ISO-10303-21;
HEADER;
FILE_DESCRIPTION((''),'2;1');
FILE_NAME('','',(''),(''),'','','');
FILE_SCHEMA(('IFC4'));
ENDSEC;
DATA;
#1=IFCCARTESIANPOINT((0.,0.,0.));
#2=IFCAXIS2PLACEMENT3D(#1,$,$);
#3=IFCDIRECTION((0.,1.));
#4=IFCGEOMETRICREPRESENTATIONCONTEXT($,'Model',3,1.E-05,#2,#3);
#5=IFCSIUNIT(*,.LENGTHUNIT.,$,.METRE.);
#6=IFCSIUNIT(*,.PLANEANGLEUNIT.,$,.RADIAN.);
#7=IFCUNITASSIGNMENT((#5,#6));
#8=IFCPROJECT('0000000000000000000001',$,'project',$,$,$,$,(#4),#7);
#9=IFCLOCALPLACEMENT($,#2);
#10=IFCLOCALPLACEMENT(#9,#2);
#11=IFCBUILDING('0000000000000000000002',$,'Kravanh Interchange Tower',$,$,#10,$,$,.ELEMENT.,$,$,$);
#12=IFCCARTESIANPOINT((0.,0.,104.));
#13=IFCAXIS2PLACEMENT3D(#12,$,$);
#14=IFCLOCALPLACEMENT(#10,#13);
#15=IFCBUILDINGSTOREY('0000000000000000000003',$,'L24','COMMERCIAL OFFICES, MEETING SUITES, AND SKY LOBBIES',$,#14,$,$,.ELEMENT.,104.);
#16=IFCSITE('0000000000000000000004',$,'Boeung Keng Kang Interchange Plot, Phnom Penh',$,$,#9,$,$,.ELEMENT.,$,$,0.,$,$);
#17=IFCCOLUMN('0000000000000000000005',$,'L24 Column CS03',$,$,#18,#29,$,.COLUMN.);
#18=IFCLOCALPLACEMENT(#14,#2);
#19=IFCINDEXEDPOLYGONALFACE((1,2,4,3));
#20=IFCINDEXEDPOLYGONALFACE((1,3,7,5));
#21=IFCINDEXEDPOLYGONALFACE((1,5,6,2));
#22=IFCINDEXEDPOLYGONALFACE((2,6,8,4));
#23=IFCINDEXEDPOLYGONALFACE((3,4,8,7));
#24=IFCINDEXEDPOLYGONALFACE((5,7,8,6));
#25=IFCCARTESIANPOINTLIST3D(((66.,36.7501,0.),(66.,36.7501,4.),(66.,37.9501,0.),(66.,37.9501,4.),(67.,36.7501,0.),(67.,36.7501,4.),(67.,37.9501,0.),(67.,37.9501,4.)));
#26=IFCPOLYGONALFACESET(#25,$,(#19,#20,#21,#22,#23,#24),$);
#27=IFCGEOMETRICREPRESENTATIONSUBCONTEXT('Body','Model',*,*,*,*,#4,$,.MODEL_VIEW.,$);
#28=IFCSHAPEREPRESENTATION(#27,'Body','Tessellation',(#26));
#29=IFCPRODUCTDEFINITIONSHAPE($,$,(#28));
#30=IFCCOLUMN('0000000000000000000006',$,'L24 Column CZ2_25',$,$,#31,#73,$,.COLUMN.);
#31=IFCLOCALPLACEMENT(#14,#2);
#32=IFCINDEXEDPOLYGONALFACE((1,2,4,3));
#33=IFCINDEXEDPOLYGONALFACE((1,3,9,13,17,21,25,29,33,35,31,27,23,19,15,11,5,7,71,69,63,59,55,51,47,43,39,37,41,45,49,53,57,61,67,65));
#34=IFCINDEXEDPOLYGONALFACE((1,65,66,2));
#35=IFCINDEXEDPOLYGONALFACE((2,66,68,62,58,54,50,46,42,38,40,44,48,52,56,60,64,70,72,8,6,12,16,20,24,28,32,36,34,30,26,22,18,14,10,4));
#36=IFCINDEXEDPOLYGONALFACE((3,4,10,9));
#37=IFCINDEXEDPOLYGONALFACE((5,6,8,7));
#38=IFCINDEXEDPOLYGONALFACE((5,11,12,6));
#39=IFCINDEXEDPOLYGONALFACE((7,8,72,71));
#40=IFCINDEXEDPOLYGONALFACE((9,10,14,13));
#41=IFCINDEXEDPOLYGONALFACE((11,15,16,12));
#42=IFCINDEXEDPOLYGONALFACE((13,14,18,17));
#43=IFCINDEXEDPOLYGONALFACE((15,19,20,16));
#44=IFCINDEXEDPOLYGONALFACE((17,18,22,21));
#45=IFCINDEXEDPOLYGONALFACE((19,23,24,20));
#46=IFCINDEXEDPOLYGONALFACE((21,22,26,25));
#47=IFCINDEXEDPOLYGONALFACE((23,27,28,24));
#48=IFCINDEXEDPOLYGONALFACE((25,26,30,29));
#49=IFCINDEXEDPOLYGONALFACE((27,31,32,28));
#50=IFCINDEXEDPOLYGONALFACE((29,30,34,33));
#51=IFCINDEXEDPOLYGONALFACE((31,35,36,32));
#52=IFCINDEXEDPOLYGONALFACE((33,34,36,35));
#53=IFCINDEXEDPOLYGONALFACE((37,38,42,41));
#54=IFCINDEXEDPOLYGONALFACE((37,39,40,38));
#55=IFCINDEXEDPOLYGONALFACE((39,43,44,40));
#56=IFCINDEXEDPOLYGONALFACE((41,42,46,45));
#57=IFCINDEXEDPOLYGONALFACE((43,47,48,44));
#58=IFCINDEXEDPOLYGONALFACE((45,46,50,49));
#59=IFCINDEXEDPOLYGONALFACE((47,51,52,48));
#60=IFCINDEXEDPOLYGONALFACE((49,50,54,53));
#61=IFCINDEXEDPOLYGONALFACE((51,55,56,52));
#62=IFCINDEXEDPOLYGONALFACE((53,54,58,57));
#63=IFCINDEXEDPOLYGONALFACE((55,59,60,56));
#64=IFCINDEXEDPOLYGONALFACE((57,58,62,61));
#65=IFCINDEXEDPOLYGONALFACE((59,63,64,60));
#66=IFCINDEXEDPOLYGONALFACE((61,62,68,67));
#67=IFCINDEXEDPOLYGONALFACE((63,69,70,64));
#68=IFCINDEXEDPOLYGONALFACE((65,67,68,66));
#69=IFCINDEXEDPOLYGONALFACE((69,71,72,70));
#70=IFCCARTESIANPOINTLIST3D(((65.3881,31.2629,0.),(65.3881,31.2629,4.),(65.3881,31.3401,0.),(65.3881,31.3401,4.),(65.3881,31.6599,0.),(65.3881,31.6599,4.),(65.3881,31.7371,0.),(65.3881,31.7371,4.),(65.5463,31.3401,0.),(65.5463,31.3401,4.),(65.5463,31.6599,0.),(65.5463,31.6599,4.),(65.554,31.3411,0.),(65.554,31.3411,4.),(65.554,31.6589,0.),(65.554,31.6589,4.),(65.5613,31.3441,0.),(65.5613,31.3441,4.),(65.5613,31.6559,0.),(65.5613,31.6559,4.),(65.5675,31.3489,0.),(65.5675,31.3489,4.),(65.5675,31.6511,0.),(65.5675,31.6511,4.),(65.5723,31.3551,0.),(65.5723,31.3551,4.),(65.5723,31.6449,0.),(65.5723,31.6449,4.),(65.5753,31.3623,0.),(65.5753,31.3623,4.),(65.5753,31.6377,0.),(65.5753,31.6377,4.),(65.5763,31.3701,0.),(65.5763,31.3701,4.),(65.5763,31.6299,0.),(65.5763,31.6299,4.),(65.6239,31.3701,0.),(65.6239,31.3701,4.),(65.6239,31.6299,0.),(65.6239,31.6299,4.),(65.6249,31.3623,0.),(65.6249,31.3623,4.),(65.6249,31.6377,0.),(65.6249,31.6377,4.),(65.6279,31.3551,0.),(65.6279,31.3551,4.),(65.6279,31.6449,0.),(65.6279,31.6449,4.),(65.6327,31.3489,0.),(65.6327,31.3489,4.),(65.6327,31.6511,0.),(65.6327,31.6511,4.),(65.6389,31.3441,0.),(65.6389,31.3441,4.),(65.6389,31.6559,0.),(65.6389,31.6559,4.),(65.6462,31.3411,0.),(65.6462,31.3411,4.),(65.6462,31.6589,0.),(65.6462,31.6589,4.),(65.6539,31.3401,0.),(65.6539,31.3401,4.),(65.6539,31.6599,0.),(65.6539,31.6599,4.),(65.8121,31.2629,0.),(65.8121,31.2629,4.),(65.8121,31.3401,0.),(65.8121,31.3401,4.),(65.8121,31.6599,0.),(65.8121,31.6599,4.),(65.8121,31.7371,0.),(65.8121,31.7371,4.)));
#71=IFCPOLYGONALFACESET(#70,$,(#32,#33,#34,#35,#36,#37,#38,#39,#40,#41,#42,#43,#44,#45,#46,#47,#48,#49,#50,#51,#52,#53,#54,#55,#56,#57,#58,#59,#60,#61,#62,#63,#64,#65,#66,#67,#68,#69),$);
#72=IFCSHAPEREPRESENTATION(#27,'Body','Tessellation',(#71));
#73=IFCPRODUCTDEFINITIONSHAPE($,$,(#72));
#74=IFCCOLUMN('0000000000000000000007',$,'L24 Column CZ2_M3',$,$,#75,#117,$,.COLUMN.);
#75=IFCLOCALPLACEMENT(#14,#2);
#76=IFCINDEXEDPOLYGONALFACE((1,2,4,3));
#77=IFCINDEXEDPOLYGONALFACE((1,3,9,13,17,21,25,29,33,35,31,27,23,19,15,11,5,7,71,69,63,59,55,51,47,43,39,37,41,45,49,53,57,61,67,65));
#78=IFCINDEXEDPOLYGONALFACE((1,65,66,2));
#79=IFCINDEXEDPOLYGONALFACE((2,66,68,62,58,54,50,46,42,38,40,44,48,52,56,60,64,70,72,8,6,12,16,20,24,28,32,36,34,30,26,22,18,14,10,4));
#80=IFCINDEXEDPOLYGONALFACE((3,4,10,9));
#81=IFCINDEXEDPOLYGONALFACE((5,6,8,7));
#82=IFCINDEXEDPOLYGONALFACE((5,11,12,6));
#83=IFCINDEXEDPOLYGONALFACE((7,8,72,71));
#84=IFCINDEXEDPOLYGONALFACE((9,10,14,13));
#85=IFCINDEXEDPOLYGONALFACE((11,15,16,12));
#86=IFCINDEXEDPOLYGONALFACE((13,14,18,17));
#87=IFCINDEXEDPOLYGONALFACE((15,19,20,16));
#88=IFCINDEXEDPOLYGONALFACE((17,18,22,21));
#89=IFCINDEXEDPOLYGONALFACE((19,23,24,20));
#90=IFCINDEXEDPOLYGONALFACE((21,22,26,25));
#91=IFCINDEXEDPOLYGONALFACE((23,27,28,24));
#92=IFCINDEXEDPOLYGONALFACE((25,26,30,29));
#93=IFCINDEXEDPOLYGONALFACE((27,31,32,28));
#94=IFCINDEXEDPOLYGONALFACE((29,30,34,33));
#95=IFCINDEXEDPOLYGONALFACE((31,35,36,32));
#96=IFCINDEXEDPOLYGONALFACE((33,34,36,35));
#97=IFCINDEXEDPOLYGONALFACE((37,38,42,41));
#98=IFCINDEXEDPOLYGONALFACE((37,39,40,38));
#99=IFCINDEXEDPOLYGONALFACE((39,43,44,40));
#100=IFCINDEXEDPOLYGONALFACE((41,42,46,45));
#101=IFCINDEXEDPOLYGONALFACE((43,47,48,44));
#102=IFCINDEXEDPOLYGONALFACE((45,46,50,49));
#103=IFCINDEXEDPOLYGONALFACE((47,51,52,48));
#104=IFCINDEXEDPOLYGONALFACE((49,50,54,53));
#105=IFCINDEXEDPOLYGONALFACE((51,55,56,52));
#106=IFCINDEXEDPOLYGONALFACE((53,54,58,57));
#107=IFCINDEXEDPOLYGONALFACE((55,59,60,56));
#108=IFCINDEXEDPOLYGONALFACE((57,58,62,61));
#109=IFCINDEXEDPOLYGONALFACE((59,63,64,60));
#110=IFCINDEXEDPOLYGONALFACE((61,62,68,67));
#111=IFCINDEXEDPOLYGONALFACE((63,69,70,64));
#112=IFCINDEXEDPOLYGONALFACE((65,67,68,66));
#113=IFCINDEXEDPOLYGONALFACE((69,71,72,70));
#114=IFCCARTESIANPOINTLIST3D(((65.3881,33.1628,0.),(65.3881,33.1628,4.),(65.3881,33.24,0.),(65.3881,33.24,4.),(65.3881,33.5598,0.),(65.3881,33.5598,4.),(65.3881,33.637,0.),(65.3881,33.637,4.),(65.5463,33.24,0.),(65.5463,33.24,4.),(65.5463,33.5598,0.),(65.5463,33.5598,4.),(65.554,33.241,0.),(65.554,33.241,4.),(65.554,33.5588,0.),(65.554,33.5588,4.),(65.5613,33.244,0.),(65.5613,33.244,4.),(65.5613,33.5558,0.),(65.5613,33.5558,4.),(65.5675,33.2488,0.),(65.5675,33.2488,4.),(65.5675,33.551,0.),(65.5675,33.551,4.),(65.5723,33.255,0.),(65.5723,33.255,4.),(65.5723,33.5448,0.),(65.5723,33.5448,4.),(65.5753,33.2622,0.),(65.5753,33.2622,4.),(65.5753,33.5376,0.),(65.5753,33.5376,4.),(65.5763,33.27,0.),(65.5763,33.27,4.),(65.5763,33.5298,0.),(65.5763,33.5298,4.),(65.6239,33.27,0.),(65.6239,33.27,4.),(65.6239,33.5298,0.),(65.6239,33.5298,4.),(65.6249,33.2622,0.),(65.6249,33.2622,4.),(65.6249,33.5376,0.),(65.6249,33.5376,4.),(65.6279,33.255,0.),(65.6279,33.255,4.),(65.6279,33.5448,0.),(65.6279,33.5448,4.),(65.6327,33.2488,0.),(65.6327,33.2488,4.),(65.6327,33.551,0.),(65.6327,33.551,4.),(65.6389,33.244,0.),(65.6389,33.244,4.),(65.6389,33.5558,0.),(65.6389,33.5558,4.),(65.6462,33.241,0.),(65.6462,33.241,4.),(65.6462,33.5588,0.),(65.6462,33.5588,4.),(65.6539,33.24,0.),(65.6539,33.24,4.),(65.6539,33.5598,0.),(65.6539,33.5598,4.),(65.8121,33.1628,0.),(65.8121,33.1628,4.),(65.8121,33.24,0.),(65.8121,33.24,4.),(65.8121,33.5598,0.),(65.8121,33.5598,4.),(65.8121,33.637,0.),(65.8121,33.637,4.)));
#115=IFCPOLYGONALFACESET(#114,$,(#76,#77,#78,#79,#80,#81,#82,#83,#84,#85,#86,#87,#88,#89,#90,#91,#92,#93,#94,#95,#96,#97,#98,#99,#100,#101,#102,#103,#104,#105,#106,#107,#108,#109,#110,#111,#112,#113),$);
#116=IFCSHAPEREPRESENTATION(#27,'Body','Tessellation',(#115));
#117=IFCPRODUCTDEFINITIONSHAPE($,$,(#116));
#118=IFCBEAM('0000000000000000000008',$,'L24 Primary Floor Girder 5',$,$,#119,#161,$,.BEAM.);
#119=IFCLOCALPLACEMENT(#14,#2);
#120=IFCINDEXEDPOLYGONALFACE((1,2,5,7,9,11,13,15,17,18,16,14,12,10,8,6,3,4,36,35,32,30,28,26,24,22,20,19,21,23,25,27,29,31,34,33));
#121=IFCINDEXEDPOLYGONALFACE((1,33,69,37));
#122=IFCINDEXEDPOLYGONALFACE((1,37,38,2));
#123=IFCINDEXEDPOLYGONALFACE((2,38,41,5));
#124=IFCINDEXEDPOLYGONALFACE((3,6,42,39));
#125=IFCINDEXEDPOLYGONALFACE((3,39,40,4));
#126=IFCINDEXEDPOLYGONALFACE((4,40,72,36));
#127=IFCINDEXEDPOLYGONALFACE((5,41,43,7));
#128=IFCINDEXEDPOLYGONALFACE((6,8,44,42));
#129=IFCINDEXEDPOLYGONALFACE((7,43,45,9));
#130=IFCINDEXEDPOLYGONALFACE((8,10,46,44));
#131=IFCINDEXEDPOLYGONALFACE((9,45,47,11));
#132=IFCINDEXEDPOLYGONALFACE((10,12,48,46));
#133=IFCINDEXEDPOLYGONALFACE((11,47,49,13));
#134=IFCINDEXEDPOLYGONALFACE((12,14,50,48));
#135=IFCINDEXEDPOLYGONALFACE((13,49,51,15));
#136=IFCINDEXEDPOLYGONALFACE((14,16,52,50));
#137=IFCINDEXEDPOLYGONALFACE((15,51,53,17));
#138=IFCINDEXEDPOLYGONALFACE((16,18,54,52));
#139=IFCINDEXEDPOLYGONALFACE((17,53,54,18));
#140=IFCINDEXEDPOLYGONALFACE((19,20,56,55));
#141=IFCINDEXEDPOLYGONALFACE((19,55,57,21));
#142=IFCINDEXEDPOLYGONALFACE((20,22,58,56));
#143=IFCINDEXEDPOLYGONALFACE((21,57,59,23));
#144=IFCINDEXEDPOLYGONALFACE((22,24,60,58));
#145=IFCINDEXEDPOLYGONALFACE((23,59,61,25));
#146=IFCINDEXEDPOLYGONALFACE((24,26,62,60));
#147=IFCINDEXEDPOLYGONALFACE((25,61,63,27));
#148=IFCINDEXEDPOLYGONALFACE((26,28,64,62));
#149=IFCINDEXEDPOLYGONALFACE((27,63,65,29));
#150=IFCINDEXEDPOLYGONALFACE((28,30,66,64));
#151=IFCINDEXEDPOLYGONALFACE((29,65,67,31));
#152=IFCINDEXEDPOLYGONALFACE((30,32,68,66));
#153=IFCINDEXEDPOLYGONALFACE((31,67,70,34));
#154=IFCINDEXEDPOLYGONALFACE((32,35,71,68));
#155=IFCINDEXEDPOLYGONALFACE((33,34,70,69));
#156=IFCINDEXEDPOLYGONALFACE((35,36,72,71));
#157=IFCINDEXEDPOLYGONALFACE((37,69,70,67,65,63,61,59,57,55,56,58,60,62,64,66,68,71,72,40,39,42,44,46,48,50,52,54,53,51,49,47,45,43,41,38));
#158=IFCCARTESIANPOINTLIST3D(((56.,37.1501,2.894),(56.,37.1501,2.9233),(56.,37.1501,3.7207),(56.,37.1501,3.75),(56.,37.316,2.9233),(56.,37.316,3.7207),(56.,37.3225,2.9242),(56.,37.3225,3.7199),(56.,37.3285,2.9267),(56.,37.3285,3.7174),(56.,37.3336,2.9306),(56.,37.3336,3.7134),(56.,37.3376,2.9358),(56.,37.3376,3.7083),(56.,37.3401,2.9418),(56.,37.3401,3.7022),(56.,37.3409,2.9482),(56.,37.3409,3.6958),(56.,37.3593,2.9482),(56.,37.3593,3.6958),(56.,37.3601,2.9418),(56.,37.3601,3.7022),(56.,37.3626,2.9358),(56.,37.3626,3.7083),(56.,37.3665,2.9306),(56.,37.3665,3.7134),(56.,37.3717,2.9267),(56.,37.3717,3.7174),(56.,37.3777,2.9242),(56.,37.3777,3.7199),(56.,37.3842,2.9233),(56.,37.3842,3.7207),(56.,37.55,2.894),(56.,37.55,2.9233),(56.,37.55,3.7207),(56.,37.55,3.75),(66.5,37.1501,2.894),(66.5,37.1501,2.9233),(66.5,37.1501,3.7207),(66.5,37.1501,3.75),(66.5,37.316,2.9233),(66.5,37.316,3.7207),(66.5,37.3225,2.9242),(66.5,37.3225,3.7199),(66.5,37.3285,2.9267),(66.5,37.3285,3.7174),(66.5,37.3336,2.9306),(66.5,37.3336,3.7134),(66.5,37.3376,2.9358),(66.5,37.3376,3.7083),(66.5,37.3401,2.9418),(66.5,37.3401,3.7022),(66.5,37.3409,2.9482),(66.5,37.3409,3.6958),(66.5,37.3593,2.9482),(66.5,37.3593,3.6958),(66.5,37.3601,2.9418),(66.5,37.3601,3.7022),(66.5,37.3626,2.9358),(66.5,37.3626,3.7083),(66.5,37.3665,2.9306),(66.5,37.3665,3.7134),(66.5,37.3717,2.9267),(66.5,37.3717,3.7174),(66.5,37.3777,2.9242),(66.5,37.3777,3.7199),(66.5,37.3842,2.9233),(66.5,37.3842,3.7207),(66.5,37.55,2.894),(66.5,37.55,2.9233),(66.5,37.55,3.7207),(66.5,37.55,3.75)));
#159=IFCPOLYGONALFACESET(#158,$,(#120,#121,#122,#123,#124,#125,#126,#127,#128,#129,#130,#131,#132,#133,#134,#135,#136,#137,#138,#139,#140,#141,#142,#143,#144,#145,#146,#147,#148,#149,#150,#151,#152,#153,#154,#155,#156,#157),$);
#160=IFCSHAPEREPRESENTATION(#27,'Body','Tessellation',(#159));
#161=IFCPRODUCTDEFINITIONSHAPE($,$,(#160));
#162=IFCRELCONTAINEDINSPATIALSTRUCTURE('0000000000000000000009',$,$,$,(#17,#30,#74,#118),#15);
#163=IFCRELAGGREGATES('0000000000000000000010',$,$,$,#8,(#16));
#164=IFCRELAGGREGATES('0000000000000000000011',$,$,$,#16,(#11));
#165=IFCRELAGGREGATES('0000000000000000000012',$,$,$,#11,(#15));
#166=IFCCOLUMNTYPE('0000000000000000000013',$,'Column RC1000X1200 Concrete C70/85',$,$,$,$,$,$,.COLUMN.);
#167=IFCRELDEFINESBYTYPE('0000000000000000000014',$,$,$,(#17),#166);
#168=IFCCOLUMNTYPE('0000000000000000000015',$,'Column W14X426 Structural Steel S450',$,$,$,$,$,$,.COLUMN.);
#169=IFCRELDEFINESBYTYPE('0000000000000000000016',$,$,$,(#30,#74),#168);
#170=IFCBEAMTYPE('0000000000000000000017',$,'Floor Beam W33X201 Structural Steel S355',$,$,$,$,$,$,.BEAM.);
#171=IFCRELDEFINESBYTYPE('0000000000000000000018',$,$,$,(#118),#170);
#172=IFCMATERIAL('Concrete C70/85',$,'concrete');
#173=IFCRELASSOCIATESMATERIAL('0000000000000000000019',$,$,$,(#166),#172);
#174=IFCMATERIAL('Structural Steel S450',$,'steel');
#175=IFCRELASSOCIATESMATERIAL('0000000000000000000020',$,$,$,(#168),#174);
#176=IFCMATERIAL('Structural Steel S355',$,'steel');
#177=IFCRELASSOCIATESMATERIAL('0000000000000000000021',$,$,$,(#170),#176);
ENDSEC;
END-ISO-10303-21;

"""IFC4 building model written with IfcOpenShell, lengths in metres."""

from ifc_helpers import new_model, si_unit, direction, frame, origin, origin_2d, place, context, subcontext, project, spatial, rectangle, i_section, extrude, material, material_profile, profile_set, type_object, element, save


model = new_model("IFC4")

# Units and contexts
model_context = context("Model", 3, precision=1e-05, world=origin(), true_north=direction((0.0, 1.0)))
body_context = subcontext(model_context, "Body", "Model", "MODEL_VIEW")
ifc_project = project(units=[si_unit("LENGTHUNIT", "METRE"), si_unit("PLANEANGLEUNIT", "RADIAN")], contexts=[model_context])

# Site, building, storey
site_placement = place(None, origin())
site = spatial("IfcSite", under=ifc_project, at=site_placement, Name="Boeung Keng Kang Interchange Plot, Phnom Penh", CompositionType="ELEMENT", RefElevation=0.0)
building_placement = place(site_placement, origin())
building = spatial("IfcBuilding", under=site, at=building_placement, Name="Kravanh Interchange Tower", CompositionType="ELEMENT")
storey_placement = place(building_placement, frame((0.0, 0.0, 104.0)))
storey = spatial("IfcBuildingStorey", under=building, at=storey_placement, Name="L24", Description="COMMERCIAL OFFICES, MEETING SUITES, AND SKY LOBBIES", CompositionType="ELEMENT", Elevation=104.0)

# Columns
ifc_material_1 = material(Name="Concrete C70/85", Category="concrete")
ifc_material_profile_1 = material_profile(ifc_material_1, rectangle(XDim=1.0, YDim=1.2, at=origin_2d()), Name="RC1000X1200")
ifc_profile_set_1 = profile_set([ifc_material_profile_1], Name="Concrete C70/85")
column_type_1 = type_object("IfcColumnType", Name="Column RC1000X1200 Concrete C70/85", PredefinedType="COLUMN", material=ifc_profile_set_1)
column_placement = place(storey_placement, frame((66.5, 37.3501, 0.0), z_axis=(0.0, 0.0, 1.0), x_axis=(1.0, 0.0, 0.0)))
element("IfcColumn", 1, at=column_placement, inside=storey, type_object=column_type_1, Name="L24 Column CS03", PredefinedType="COLUMN", context=body_context, shape_type="SweptSolid", body=[
    extrude(rectangle(XDim=1.0, YDim=1.2, at=origin_2d()), origin(), (0.0, 0.0, 1.0), 4.0),
])
ifc_material_2 = material(Name="Structural Steel S450", Category="steel")
ifc_material_profile_2 = material_profile(ifc_material_2, i_section(OverallWidth=0.4241, OverallDepth=0.4741, WebThickness=0.0476, FlangeThickness=0.0771, FilletRadius=0.03, at=origin_2d()), Name="W14X426")
ifc_profile_set_2 = profile_set([ifc_material_profile_2], Name="Structural Steel S450")
column_type_2 = type_object("IfcColumnType", Name="Column W14X426 Structural Steel S450", PredefinedType="COLUMN", material=ifc_profile_set_2)
for number, where, z_axis, x_axis, name in (
    (2, (65.6001, 31.5, 0.0), (0.0, 0.0, 1.0), (1.0, 0.0, 0.0), "L24 Column CZ2_25"),
    (3, (65.6001, 33.3999, 0.0), (0.0, 0.0, 1.0), (1.0, 0.0, 0.0), "L24 Column CZ2_M3"),
):
    element("IfcColumn", number, at=place(storey_placement, frame(where, z_axis=z_axis, x_axis=x_axis)), inside=storey, type_object=column_type_2, Name=name, PredefinedType="COLUMN", context=body_context, shape_type="SweptSolid", body=[
        extrude(i_section(OverallWidth=0.4241, OverallDepth=0.4741, WebThickness=0.0476, FlangeThickness=0.0771, FilletRadius=0.03, at=origin_2d()), origin(), (0.0, 0.0, 1.0), 4.0),
    ])

# Beam
ifc_material_3 = material(Name="Structural Steel S355", Category="steel")
ifc_material_profile_3 = material_profile(ifc_material_3, i_section(OverallWidth=0.3999, OverallDepth=0.856, WebThickness=0.0183, FlangeThickness=0.0293, FilletRadius=0.0249, at=origin_2d()), Name="W33X201")
ifc_profile_set_3 = profile_set([ifc_material_profile_3], Name="Structural Steel S355")
beam_type_1 = type_object("IfcBeamType", Name="Floor Beam W33X201 Structural Steel S355", PredefinedType="BEAM", material=ifc_profile_set_3)
beam_1_placement = place(storey_placement, frame((66.5, 37.3501, 3.322), z_axis=(-1.0, 0.0, 0.0), x_axis=(0.0, -1.0, 0.0)))
element("IfcBeam", 4, at=beam_1_placement, inside=storey, type_object=beam_type_1, Name="L24 Primary Floor Girder 5", PredefinedType="BEAM", context=body_context, shape_type="SweptSolid", body=[
    extrude(i_section(OverallWidth=0.3999, OverallDepth=0.856, WebThickness=0.0183, FlangeThickness=0.0293, FilletRadius=0.0249, at=origin_2d()), origin(), (0.0, 0.0, 1.0), 10.5),
])

save(model, "model.ifc")
